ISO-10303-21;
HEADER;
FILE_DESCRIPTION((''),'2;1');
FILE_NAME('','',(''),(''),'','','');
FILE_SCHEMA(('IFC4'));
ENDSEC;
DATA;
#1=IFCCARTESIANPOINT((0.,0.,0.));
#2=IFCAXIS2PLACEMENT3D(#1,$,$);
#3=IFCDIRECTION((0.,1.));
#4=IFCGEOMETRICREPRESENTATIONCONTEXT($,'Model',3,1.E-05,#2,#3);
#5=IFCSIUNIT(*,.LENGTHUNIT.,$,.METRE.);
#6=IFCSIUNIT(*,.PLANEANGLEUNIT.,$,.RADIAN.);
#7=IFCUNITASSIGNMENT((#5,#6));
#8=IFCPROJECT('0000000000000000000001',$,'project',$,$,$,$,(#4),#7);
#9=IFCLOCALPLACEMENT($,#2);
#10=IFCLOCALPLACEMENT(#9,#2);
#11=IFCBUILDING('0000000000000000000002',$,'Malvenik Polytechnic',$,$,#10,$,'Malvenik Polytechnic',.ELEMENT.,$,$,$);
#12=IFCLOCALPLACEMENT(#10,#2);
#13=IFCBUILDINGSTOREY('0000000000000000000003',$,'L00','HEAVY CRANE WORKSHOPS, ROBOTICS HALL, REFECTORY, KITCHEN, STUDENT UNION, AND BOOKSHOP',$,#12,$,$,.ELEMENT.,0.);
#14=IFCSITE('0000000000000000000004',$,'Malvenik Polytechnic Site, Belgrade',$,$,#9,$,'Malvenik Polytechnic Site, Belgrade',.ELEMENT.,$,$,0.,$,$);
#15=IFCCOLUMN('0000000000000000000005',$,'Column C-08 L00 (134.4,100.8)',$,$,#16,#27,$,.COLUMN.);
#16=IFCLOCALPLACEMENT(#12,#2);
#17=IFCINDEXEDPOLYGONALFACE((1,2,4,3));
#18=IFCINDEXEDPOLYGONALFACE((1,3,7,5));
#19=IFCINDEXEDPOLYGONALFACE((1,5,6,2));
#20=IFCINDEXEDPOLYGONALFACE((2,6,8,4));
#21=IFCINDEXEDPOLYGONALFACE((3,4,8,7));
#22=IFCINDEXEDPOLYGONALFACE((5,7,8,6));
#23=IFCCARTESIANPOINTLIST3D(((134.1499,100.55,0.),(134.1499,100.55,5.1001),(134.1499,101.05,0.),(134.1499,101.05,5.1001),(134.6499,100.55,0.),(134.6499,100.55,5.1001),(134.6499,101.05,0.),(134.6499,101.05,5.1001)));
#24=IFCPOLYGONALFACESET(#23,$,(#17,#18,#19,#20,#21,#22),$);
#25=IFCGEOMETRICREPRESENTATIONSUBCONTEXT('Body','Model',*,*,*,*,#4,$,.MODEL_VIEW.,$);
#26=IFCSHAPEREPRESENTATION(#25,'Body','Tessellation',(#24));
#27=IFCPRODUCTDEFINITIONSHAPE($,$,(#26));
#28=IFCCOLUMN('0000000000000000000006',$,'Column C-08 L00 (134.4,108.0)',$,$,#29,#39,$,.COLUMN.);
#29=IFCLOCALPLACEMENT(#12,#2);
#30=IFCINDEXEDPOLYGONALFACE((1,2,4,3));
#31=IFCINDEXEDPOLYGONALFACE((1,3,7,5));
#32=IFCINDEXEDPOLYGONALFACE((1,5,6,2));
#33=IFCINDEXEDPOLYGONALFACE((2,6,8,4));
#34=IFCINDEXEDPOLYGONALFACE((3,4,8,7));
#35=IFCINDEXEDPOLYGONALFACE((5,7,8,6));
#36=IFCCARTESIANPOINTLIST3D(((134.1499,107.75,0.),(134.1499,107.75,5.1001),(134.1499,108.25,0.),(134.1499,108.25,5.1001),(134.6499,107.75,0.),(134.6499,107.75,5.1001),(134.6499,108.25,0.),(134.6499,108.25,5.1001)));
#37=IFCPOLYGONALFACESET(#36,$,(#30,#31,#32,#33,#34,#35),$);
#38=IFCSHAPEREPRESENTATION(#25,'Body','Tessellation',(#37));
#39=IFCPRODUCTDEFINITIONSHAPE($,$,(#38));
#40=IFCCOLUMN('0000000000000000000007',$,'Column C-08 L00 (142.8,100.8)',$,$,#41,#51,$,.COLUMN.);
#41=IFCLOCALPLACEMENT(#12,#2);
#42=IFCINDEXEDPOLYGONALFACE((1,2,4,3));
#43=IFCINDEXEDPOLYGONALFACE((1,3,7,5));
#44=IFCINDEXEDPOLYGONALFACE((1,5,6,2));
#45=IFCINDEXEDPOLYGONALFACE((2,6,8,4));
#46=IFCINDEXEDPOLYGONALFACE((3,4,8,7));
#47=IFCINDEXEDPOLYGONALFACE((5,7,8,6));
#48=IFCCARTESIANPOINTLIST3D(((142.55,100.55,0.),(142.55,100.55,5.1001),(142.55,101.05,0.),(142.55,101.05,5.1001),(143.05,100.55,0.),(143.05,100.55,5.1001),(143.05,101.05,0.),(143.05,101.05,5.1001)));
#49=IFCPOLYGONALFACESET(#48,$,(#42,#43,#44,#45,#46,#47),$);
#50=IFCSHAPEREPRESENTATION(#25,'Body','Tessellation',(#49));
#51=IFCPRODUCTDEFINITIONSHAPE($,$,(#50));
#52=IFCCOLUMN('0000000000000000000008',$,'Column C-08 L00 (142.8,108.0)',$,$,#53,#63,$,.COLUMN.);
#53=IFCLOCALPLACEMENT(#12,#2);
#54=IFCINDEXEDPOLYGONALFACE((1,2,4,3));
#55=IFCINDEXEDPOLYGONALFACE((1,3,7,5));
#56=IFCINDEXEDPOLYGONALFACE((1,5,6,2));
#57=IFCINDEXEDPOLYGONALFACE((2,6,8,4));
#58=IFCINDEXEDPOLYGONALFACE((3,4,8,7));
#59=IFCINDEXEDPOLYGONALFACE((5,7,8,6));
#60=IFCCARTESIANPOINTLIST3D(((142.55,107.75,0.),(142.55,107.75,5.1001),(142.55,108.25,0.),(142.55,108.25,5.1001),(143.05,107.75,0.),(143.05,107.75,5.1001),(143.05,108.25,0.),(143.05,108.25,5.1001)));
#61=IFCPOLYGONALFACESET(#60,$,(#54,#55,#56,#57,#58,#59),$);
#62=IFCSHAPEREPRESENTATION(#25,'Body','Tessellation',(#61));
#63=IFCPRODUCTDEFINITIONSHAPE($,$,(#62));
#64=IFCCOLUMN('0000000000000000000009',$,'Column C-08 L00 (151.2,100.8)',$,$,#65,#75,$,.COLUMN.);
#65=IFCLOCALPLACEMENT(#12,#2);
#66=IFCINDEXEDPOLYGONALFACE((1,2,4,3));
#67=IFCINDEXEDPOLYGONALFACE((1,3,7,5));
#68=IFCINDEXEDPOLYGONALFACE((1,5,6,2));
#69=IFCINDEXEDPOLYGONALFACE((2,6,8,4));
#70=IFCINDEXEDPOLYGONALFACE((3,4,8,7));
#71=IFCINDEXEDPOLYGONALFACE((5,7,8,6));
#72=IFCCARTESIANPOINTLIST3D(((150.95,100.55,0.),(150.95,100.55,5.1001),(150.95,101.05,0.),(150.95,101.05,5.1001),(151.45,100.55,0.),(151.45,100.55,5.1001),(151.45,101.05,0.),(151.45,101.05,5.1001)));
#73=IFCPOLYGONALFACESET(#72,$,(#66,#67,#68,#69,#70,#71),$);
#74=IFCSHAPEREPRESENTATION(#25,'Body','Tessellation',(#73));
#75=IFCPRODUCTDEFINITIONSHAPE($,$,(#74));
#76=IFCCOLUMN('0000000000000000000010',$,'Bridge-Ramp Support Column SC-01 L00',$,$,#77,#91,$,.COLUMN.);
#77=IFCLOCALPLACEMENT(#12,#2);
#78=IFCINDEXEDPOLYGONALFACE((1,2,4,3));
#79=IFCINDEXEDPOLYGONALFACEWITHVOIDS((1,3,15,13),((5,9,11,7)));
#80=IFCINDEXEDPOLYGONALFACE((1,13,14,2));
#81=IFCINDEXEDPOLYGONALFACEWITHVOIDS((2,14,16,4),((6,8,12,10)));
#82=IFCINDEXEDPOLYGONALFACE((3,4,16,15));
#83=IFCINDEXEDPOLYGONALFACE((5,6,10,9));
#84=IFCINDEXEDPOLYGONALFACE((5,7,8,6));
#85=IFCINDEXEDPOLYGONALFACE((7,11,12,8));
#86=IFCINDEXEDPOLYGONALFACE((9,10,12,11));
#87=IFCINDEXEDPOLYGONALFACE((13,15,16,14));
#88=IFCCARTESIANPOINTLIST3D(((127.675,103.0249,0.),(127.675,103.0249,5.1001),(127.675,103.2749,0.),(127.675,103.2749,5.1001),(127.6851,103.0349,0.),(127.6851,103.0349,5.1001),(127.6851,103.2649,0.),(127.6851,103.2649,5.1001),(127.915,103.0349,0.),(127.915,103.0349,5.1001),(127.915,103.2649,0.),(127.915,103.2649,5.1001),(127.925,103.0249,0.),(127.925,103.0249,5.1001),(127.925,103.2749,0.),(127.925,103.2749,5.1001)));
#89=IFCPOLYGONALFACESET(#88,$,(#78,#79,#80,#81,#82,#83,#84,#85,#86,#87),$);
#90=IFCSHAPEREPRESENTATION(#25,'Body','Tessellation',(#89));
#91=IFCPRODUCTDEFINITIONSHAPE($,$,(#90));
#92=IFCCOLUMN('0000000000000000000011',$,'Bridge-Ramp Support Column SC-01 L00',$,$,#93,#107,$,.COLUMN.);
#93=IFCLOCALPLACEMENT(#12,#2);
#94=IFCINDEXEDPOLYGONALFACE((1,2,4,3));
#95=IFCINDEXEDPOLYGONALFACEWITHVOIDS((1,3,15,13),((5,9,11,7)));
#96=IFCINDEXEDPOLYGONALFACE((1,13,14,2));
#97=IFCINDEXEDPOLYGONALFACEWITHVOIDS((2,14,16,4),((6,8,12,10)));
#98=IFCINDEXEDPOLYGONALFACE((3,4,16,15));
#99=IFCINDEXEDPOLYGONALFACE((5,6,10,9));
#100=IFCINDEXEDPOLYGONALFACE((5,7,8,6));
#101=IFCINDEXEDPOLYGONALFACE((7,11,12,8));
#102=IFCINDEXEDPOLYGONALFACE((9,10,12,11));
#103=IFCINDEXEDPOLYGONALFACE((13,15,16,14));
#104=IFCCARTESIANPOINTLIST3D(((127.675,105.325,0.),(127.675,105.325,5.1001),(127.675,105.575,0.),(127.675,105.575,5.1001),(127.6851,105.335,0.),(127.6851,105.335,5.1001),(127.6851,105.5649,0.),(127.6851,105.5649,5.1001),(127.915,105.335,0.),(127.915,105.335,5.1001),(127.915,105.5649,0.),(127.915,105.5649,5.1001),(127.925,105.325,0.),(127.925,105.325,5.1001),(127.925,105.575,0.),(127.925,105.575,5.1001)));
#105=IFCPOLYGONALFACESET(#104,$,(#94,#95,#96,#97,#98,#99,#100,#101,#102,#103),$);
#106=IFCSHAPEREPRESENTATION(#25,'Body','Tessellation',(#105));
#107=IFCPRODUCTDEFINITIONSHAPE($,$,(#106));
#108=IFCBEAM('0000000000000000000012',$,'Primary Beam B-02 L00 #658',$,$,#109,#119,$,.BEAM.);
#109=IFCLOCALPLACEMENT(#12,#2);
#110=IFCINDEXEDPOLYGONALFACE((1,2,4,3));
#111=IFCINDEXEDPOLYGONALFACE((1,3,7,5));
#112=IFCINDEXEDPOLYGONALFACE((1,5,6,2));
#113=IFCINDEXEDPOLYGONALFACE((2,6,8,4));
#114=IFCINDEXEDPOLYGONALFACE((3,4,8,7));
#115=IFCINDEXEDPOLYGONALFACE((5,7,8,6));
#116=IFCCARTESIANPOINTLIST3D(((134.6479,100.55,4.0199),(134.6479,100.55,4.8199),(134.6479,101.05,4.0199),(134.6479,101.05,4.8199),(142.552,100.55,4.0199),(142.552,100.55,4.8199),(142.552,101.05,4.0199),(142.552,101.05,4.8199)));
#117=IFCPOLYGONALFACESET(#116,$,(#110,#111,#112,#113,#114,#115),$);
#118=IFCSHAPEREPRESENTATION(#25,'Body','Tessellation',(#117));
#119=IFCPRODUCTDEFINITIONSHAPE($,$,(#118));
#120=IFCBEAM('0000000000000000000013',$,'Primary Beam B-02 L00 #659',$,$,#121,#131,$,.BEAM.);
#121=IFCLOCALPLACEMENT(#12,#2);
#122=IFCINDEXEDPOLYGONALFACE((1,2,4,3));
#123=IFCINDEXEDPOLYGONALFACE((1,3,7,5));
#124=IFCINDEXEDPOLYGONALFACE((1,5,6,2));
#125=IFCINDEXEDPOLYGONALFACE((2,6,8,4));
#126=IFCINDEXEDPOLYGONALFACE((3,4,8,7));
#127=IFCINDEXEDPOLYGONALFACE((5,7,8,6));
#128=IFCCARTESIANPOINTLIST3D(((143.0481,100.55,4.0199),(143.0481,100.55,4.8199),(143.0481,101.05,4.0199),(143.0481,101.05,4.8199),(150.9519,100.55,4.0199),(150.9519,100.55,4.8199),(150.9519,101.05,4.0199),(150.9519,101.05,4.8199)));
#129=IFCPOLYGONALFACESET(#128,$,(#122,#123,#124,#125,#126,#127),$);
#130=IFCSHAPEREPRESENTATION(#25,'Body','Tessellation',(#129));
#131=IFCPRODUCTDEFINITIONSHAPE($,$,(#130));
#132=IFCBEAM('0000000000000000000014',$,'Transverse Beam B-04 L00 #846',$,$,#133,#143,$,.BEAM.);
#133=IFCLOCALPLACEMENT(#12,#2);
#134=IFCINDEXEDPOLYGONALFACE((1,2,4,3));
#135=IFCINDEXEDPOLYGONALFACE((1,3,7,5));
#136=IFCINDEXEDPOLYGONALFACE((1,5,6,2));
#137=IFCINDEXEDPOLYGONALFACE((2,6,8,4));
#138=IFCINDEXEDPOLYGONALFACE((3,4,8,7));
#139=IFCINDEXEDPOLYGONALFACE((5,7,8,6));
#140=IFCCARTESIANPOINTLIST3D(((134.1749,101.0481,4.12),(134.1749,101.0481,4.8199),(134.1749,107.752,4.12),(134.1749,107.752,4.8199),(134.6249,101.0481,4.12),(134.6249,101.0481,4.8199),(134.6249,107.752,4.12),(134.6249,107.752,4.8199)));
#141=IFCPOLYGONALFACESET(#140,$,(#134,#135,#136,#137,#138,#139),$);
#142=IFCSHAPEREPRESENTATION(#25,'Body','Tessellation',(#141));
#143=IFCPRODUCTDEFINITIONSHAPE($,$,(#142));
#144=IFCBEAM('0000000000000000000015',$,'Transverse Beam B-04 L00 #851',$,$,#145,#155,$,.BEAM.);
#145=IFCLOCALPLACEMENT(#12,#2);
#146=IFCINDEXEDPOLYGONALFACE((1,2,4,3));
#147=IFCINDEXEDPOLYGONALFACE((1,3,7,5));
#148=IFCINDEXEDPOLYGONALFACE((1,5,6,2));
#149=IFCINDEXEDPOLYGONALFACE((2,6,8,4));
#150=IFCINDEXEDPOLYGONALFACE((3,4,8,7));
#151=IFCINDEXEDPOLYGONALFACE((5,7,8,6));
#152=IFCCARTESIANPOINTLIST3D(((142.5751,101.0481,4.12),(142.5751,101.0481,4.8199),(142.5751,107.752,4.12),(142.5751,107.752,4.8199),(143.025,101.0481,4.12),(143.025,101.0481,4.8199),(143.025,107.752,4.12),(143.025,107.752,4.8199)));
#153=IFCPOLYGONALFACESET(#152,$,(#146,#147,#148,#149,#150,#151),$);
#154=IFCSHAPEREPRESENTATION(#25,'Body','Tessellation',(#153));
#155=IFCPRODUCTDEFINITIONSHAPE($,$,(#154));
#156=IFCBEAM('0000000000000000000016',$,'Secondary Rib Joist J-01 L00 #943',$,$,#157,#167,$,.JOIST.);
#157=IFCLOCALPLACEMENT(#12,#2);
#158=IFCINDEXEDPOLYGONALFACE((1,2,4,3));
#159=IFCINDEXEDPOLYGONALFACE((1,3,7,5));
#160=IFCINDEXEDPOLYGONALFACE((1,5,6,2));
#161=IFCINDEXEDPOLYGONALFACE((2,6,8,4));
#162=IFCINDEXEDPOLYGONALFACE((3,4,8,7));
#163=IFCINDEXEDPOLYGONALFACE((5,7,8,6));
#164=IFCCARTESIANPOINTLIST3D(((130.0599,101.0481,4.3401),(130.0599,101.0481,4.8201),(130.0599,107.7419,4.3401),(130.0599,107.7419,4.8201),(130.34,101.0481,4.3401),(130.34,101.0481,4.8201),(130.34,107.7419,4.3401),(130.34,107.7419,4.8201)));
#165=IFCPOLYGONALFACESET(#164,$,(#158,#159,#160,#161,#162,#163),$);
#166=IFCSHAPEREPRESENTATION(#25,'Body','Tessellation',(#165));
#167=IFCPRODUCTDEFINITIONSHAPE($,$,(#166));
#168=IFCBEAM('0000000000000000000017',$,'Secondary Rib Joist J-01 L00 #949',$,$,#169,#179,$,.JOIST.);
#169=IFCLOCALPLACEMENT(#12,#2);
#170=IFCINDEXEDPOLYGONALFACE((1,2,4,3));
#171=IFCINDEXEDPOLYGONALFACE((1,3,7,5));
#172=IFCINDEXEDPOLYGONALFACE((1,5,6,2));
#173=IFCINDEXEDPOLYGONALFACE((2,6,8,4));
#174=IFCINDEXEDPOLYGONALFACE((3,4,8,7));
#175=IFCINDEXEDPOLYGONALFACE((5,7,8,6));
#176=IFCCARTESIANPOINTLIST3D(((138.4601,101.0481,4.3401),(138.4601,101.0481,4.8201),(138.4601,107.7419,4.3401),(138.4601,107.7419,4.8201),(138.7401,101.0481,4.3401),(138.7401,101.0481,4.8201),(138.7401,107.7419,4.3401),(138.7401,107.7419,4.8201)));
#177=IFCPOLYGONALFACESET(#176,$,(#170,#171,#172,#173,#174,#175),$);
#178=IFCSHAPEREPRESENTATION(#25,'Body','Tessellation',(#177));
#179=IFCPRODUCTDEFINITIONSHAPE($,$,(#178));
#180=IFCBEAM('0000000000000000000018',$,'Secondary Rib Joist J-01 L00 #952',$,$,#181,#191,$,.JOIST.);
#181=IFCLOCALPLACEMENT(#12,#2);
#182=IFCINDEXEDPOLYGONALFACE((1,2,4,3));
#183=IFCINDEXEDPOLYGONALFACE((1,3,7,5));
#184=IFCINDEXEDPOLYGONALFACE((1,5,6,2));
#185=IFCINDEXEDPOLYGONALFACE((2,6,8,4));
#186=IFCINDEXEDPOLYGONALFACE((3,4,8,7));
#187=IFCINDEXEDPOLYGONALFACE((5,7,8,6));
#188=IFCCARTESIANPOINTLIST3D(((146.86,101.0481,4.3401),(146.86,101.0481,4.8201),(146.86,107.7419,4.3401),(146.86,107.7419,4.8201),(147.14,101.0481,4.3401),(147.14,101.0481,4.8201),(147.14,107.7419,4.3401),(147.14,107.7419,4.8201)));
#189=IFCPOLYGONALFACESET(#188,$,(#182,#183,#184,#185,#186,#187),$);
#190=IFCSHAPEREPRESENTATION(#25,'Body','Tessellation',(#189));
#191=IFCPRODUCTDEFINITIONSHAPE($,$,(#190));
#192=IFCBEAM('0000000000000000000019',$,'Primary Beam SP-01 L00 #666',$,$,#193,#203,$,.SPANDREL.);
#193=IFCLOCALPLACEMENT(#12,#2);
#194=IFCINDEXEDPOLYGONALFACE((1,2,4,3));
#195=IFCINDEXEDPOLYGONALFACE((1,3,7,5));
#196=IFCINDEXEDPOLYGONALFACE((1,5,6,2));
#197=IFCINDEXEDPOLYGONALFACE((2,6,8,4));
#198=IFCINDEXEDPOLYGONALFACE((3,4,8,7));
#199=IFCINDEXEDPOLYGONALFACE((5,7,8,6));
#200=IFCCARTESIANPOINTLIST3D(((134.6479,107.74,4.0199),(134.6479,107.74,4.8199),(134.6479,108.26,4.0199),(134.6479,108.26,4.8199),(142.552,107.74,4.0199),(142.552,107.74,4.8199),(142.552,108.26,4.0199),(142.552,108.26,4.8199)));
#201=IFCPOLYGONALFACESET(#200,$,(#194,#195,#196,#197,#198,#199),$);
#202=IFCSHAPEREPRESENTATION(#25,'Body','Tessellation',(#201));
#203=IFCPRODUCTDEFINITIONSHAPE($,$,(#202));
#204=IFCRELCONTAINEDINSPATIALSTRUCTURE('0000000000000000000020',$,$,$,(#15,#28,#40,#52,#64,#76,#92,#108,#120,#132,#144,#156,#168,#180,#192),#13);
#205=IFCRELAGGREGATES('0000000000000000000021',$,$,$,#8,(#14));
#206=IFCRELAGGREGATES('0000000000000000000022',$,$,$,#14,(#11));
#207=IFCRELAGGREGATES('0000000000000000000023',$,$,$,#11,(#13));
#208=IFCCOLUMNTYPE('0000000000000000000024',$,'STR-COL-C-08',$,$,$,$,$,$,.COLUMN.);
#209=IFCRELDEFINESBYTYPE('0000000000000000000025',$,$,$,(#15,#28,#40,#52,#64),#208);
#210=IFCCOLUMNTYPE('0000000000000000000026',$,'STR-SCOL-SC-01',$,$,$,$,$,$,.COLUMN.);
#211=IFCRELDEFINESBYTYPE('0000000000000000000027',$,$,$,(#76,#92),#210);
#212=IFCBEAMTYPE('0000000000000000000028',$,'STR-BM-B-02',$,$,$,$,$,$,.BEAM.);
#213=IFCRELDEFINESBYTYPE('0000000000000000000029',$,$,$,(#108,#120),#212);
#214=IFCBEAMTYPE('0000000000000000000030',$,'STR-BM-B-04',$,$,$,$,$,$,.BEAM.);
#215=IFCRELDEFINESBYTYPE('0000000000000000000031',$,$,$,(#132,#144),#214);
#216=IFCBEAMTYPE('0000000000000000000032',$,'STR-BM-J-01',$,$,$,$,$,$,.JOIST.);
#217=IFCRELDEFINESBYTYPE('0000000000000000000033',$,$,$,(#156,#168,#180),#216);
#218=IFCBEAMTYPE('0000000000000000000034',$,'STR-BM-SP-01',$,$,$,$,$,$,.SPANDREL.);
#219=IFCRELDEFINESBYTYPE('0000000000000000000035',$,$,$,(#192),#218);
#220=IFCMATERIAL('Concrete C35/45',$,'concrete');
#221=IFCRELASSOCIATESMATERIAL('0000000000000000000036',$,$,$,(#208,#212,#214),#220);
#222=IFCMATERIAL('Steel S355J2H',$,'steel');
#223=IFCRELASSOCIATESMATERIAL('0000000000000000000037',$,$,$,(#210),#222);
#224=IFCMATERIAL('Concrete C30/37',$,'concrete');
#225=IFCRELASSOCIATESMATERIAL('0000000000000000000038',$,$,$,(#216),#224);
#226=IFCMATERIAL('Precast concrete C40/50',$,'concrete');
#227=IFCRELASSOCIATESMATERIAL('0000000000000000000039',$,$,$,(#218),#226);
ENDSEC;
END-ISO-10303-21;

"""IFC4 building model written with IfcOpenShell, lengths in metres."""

from ifc_helpers import new_model, si_unit, direction, frame, origin, origin_2d, place, context, subcontext, project, spatial, rectangle, hollow_rectangle, extrude, material, material_profile, profile_set, type_object, element, save


model = new_model("IFC4")

# Units and contexts
model_context = context("Model", 3, precision=1e-05, world=origin(), true_north=direction((0.0, 1.0)))
body_context = subcontext(model_context, "Body", "Model", "MODEL_VIEW")
ifc_project = project(units=[si_unit("LENGTHUNIT", "METRE"), si_unit("PLANEANGLEUNIT", "RADIAN")], contexts=[model_context])

# Site, building, storey
site_placement = place(None, origin())
site = spatial("IfcSite", under=ifc_project, at=site_placement, Name="Malvenik Polytechnic Site, Belgrade", LongName="Malvenik Polytechnic Site, Belgrade", CompositionType="ELEMENT", RefElevation=0.0)
building_placement = place(site_placement, origin())
building = spatial("IfcBuilding", under=site, at=building_placement, Name="Malvenik Polytechnic", LongName="Malvenik Polytechnic", CompositionType="ELEMENT")
storey_placement = place(building_placement, origin())
storey = spatial("IfcBuildingStorey", under=building, at=storey_placement, Name="L00", Description="HEAVY CRANE WORKSHOPS, ROBOTICS HALL, REFECTORY, KITCHEN, STUDENT UNION, AND BOOKSHOP", CompositionType="ELEMENT", Elevation=0.0)

# Columns
ifc_material_1 = material(Name="Concrete C35/45", Category="concrete")
ifc_material_profile_1 = material_profile(ifc_material_1, rectangle(XDim=0.5, YDim=0.5, at=origin_2d()), Name="RC COL 500x500")
ifc_profile_set_1 = profile_set([ifc_material_profile_1], Name="Concrete C35/45")
column_type_1 = type_object("IfcColumnType", Name="STR-COL-C-08", PredefinedType="COLUMN", material=ifc_profile_set_1)
for number, where, z_axis, x_axis, name in (
    (1, (134.3999, 100.8, 0.0), (0.0, 0.0, 1.0), (1.0, 0.0, 0.0), "Column C-08 L00 (134.4,100.8)"),
    (2, (134.3999, 108.0, 0.0), (0.0, 0.0, 1.0), (1.0, 0.0, 0.0), "Column C-08 L00 (134.4,108.0)"),
    (3, (142.8, 100.8, 0.0), (0.0, 0.0, 1.0), (1.0, 0.0, 0.0), "Column C-08 L00 (142.8,100.8)"),
    (4, (142.8, 108.0, 0.0), (0.0, 0.0, 1.0), (1.0, 0.0, 0.0), "Column C-08 L00 (142.8,108.0)"),
    (5, (151.2, 100.8, 0.0), (0.0, 0.0, 1.0), (1.0, 0.0, 0.0), "Column C-08 L00 (151.2,100.8)"),
):
    element("IfcColumn", number, at=place(storey_placement, frame(where, z_axis=z_axis, x_axis=x_axis)), inside=storey, type_object=column_type_1, Name=name, PredefinedType="COLUMN", context=body_context, shape_type="SweptSolid", body=[
        extrude(rectangle(XDim=0.5, YDim=0.5, at=origin_2d()), origin(), (0.0, 0.0, 1.0), 5.1001),
    ])
ifc_material_2 = material(Name="Steel S355J2H", Category="steel")
ifc_material_profile_2 = material_profile(ifc_material_2, hollow_rectangle(XDim=0.25, YDim=0.25, WallThickness=0.01, at=origin_2d()), Name="SHS 250x250x10.0")
ifc_profile_set_2 = profile_set([ifc_material_profile_2], Name="Steel S355J2H")
column_type_2 = type_object("IfcColumnType", Name="STR-SCOL-SC-01", PredefinedType="COLUMN", material=ifc_profile_set_2)
for number, where, z_axis, x_axis, name in (
    (6, (127.8, 103.1499, 0.0), (0.0, 0.0, 1.0), (1.0, 0.0, 0.0), "Bridge-Ramp Support Column SC-01 L00"),
    (7, (127.8, 105.45, 0.0), (0.0, 0.0, 1.0), (1.0, 0.0, 0.0), "Bridge-Ramp Support Column SC-01 L00"),
):
    element("IfcColumn", number, at=place(storey_placement, frame(where, z_axis=z_axis, x_axis=x_axis)), inside=storey, type_object=column_type_2, Name=name, PredefinedType="COLUMN", context=body_context, shape_type="SweptSolid", body=[
        extrude(hollow_rectangle(XDim=0.25, YDim=0.25, WallThickness=0.01, at=origin_2d()), origin(), (0.0, 0.0, 1.0), 5.1001),
    ])

# Beams
ifc_material_profile_3 = material_profile(ifc_material_1, rectangle(XDim=0.5, YDim=0.8, at=origin_2d()), Name="RC BM 500x800")
ifc_profile_set_3 = profile_set([ifc_material_profile_3], Name="Concrete C35/45")
beam_type_1 = type_object("IfcBeamType", Name="STR-BM-B-02", PredefinedType="BEAM", material=ifc_profile_set_3)
beam_1_placement = place(storey_placement, frame((134.6479, 100.8, 4.4199), z_axis=(1.0, 0.0, 0.0), x_axis=(0.0, 1.0, 0.0)))
element("IfcBeam", 8, at=beam_1_placement, inside=storey, type_object=beam_type_1, Name="Primary Beam B-02 L00 #658", PredefinedType="BEAM", context=body_context, shape_type="SweptSolid", body=[
    extrude(rectangle(XDim=0.5, YDim=0.8, at=origin_2d()), origin(), (0.0, 0.0, 1.0), 7.9041),
])
beam_2_placement = place(storey_placement, frame((143.0481, 100.8, 4.4199), z_axis=(1.0, 0.0, 0.0), x_axis=(0.0, 1.0, 0.0)))
element("IfcBeam", 9, at=beam_2_placement, inside=storey, type_object=beam_type_1, Name="Primary Beam B-02 L00 #659", PredefinedType="BEAM", context=body_context, shape_type="SweptSolid", body=[
    extrude(rectangle(XDim=0.5, YDim=0.8, at=origin_2d()), origin(), (0.0, 0.0, 1.0), 7.9038),
])
ifc_material_profile_4 = material_profile(ifc_material_1, rectangle(XDim=0.45, YDim=0.7, at=origin_2d()), Name="RC BM 450x700")
ifc_profile_set_4 = profile_set([ifc_material_profile_4], Name="Concrete C35/45")
beam_type_2 = type_object("IfcBeamType", Name="STR-BM-B-04", PredefinedType="BEAM", material=ifc_profile_set_4)
for number, where, z_axis, x_axis, name in (
    (10, (134.3999, 101.0481, 4.47), (0.0, 1.0, 0.0), (-1.0, 0.0, 0.0), "Transverse Beam B-04 L00 #846"),
    (11, (142.8, 101.0481, 4.47), (0.0, 1.0, 0.0), (-1.0, 0.0, 0.0), "Transverse Beam B-04 L00 #851"),
):
    element("IfcBeam", number, at=place(storey_placement, frame(where, z_axis=z_axis, x_axis=x_axis)), inside=storey, type_object=beam_type_2, Name=name, PredefinedType="BEAM", context=body_context, shape_type="SweptSolid", body=[
        extrude(rectangle(XDim=0.45, YDim=0.7, at=origin_2d()), origin(), (0.0, 0.0, 1.0), 6.7039),
    ])
ifc_material_3 = material(Name="Concrete C30/37", Category="concrete")
ifc_material_profile_5 = material_profile(ifc_material_3, rectangle(XDim=0.28, YDim=0.48, at=origin_2d()), Name="RC JST 280x480")
ifc_profile_set_5 = profile_set([ifc_material_profile_5], Name="Concrete C30/37")
beam_type_3 = type_object("IfcBeamType", Name="STR-BM-J-01", PredefinedType="JOIST", material=ifc_profile_set_5)
for number, where, z_axis, x_axis, name in (
    (12, (130.2, 101.0481, 4.5801), (0.0, 1.0, 0.0), (-1.0, 0.0, 0.0), "Secondary Rib Joist J-01 L00 #943"),
    (13, (138.6001, 101.0481, 4.5801), (0.0, 1.0, 0.0), (-1.0, 0.0, 0.0), "Secondary Rib Joist J-01 L00 #949"),
    (14, (147.0, 101.0481, 4.5801), (0.0, 1.0, 0.0), (-1.0, 0.0, 0.0), "Secondary Rib Joist J-01 L00 #952"),
):
    element("IfcBeam", number, at=place(storey_placement, frame(where, z_axis=z_axis, x_axis=x_axis)), inside=storey, type_object=beam_type_3, Name=name, PredefinedType="JOIST", context=body_context, shape_type="SweptSolid", body=[
        extrude(rectangle(XDim=0.28, YDim=0.48, at=origin_2d()), origin(), (0.0, 0.0, 1.0), 6.6938),
    ])
ifc_material_4 = material(Name="Precast concrete C40/50", Category="concrete")
ifc_material_profile_6 = material_profile(ifc_material_4, rectangle(XDim=0.52, YDim=0.8, at=origin_2d()), Name="PC SPN 520x800")
ifc_profile_set_6 = profile_set([ifc_material_profile_6], Name="Precast concrete C40/50")
beam_type_4 = type_object("IfcBeamType", Name="STR-BM-SP-01", PredefinedType="SPANDREL", material=ifc_profile_set_6)
beam_3_placement = place(storey_placement, frame((134.6479, 108.0, 4.4199), z_axis=(1.0, 0.0, 0.0), x_axis=(0.0, 1.0, 0.0)))
element("IfcBeam", 15, at=beam_3_placement, inside=storey, type_object=beam_type_4, Name="Primary Beam SP-01 L00 #666", PredefinedType="SPANDREL", context=body_context, shape_type="SweptSolid", body=[
    extrude(rectangle(XDim=0.52, YDim=0.8, at=origin_2d()), origin(), (0.0, 0.0, 1.0), 7.9041),
])

save(model, "model.ifc")
